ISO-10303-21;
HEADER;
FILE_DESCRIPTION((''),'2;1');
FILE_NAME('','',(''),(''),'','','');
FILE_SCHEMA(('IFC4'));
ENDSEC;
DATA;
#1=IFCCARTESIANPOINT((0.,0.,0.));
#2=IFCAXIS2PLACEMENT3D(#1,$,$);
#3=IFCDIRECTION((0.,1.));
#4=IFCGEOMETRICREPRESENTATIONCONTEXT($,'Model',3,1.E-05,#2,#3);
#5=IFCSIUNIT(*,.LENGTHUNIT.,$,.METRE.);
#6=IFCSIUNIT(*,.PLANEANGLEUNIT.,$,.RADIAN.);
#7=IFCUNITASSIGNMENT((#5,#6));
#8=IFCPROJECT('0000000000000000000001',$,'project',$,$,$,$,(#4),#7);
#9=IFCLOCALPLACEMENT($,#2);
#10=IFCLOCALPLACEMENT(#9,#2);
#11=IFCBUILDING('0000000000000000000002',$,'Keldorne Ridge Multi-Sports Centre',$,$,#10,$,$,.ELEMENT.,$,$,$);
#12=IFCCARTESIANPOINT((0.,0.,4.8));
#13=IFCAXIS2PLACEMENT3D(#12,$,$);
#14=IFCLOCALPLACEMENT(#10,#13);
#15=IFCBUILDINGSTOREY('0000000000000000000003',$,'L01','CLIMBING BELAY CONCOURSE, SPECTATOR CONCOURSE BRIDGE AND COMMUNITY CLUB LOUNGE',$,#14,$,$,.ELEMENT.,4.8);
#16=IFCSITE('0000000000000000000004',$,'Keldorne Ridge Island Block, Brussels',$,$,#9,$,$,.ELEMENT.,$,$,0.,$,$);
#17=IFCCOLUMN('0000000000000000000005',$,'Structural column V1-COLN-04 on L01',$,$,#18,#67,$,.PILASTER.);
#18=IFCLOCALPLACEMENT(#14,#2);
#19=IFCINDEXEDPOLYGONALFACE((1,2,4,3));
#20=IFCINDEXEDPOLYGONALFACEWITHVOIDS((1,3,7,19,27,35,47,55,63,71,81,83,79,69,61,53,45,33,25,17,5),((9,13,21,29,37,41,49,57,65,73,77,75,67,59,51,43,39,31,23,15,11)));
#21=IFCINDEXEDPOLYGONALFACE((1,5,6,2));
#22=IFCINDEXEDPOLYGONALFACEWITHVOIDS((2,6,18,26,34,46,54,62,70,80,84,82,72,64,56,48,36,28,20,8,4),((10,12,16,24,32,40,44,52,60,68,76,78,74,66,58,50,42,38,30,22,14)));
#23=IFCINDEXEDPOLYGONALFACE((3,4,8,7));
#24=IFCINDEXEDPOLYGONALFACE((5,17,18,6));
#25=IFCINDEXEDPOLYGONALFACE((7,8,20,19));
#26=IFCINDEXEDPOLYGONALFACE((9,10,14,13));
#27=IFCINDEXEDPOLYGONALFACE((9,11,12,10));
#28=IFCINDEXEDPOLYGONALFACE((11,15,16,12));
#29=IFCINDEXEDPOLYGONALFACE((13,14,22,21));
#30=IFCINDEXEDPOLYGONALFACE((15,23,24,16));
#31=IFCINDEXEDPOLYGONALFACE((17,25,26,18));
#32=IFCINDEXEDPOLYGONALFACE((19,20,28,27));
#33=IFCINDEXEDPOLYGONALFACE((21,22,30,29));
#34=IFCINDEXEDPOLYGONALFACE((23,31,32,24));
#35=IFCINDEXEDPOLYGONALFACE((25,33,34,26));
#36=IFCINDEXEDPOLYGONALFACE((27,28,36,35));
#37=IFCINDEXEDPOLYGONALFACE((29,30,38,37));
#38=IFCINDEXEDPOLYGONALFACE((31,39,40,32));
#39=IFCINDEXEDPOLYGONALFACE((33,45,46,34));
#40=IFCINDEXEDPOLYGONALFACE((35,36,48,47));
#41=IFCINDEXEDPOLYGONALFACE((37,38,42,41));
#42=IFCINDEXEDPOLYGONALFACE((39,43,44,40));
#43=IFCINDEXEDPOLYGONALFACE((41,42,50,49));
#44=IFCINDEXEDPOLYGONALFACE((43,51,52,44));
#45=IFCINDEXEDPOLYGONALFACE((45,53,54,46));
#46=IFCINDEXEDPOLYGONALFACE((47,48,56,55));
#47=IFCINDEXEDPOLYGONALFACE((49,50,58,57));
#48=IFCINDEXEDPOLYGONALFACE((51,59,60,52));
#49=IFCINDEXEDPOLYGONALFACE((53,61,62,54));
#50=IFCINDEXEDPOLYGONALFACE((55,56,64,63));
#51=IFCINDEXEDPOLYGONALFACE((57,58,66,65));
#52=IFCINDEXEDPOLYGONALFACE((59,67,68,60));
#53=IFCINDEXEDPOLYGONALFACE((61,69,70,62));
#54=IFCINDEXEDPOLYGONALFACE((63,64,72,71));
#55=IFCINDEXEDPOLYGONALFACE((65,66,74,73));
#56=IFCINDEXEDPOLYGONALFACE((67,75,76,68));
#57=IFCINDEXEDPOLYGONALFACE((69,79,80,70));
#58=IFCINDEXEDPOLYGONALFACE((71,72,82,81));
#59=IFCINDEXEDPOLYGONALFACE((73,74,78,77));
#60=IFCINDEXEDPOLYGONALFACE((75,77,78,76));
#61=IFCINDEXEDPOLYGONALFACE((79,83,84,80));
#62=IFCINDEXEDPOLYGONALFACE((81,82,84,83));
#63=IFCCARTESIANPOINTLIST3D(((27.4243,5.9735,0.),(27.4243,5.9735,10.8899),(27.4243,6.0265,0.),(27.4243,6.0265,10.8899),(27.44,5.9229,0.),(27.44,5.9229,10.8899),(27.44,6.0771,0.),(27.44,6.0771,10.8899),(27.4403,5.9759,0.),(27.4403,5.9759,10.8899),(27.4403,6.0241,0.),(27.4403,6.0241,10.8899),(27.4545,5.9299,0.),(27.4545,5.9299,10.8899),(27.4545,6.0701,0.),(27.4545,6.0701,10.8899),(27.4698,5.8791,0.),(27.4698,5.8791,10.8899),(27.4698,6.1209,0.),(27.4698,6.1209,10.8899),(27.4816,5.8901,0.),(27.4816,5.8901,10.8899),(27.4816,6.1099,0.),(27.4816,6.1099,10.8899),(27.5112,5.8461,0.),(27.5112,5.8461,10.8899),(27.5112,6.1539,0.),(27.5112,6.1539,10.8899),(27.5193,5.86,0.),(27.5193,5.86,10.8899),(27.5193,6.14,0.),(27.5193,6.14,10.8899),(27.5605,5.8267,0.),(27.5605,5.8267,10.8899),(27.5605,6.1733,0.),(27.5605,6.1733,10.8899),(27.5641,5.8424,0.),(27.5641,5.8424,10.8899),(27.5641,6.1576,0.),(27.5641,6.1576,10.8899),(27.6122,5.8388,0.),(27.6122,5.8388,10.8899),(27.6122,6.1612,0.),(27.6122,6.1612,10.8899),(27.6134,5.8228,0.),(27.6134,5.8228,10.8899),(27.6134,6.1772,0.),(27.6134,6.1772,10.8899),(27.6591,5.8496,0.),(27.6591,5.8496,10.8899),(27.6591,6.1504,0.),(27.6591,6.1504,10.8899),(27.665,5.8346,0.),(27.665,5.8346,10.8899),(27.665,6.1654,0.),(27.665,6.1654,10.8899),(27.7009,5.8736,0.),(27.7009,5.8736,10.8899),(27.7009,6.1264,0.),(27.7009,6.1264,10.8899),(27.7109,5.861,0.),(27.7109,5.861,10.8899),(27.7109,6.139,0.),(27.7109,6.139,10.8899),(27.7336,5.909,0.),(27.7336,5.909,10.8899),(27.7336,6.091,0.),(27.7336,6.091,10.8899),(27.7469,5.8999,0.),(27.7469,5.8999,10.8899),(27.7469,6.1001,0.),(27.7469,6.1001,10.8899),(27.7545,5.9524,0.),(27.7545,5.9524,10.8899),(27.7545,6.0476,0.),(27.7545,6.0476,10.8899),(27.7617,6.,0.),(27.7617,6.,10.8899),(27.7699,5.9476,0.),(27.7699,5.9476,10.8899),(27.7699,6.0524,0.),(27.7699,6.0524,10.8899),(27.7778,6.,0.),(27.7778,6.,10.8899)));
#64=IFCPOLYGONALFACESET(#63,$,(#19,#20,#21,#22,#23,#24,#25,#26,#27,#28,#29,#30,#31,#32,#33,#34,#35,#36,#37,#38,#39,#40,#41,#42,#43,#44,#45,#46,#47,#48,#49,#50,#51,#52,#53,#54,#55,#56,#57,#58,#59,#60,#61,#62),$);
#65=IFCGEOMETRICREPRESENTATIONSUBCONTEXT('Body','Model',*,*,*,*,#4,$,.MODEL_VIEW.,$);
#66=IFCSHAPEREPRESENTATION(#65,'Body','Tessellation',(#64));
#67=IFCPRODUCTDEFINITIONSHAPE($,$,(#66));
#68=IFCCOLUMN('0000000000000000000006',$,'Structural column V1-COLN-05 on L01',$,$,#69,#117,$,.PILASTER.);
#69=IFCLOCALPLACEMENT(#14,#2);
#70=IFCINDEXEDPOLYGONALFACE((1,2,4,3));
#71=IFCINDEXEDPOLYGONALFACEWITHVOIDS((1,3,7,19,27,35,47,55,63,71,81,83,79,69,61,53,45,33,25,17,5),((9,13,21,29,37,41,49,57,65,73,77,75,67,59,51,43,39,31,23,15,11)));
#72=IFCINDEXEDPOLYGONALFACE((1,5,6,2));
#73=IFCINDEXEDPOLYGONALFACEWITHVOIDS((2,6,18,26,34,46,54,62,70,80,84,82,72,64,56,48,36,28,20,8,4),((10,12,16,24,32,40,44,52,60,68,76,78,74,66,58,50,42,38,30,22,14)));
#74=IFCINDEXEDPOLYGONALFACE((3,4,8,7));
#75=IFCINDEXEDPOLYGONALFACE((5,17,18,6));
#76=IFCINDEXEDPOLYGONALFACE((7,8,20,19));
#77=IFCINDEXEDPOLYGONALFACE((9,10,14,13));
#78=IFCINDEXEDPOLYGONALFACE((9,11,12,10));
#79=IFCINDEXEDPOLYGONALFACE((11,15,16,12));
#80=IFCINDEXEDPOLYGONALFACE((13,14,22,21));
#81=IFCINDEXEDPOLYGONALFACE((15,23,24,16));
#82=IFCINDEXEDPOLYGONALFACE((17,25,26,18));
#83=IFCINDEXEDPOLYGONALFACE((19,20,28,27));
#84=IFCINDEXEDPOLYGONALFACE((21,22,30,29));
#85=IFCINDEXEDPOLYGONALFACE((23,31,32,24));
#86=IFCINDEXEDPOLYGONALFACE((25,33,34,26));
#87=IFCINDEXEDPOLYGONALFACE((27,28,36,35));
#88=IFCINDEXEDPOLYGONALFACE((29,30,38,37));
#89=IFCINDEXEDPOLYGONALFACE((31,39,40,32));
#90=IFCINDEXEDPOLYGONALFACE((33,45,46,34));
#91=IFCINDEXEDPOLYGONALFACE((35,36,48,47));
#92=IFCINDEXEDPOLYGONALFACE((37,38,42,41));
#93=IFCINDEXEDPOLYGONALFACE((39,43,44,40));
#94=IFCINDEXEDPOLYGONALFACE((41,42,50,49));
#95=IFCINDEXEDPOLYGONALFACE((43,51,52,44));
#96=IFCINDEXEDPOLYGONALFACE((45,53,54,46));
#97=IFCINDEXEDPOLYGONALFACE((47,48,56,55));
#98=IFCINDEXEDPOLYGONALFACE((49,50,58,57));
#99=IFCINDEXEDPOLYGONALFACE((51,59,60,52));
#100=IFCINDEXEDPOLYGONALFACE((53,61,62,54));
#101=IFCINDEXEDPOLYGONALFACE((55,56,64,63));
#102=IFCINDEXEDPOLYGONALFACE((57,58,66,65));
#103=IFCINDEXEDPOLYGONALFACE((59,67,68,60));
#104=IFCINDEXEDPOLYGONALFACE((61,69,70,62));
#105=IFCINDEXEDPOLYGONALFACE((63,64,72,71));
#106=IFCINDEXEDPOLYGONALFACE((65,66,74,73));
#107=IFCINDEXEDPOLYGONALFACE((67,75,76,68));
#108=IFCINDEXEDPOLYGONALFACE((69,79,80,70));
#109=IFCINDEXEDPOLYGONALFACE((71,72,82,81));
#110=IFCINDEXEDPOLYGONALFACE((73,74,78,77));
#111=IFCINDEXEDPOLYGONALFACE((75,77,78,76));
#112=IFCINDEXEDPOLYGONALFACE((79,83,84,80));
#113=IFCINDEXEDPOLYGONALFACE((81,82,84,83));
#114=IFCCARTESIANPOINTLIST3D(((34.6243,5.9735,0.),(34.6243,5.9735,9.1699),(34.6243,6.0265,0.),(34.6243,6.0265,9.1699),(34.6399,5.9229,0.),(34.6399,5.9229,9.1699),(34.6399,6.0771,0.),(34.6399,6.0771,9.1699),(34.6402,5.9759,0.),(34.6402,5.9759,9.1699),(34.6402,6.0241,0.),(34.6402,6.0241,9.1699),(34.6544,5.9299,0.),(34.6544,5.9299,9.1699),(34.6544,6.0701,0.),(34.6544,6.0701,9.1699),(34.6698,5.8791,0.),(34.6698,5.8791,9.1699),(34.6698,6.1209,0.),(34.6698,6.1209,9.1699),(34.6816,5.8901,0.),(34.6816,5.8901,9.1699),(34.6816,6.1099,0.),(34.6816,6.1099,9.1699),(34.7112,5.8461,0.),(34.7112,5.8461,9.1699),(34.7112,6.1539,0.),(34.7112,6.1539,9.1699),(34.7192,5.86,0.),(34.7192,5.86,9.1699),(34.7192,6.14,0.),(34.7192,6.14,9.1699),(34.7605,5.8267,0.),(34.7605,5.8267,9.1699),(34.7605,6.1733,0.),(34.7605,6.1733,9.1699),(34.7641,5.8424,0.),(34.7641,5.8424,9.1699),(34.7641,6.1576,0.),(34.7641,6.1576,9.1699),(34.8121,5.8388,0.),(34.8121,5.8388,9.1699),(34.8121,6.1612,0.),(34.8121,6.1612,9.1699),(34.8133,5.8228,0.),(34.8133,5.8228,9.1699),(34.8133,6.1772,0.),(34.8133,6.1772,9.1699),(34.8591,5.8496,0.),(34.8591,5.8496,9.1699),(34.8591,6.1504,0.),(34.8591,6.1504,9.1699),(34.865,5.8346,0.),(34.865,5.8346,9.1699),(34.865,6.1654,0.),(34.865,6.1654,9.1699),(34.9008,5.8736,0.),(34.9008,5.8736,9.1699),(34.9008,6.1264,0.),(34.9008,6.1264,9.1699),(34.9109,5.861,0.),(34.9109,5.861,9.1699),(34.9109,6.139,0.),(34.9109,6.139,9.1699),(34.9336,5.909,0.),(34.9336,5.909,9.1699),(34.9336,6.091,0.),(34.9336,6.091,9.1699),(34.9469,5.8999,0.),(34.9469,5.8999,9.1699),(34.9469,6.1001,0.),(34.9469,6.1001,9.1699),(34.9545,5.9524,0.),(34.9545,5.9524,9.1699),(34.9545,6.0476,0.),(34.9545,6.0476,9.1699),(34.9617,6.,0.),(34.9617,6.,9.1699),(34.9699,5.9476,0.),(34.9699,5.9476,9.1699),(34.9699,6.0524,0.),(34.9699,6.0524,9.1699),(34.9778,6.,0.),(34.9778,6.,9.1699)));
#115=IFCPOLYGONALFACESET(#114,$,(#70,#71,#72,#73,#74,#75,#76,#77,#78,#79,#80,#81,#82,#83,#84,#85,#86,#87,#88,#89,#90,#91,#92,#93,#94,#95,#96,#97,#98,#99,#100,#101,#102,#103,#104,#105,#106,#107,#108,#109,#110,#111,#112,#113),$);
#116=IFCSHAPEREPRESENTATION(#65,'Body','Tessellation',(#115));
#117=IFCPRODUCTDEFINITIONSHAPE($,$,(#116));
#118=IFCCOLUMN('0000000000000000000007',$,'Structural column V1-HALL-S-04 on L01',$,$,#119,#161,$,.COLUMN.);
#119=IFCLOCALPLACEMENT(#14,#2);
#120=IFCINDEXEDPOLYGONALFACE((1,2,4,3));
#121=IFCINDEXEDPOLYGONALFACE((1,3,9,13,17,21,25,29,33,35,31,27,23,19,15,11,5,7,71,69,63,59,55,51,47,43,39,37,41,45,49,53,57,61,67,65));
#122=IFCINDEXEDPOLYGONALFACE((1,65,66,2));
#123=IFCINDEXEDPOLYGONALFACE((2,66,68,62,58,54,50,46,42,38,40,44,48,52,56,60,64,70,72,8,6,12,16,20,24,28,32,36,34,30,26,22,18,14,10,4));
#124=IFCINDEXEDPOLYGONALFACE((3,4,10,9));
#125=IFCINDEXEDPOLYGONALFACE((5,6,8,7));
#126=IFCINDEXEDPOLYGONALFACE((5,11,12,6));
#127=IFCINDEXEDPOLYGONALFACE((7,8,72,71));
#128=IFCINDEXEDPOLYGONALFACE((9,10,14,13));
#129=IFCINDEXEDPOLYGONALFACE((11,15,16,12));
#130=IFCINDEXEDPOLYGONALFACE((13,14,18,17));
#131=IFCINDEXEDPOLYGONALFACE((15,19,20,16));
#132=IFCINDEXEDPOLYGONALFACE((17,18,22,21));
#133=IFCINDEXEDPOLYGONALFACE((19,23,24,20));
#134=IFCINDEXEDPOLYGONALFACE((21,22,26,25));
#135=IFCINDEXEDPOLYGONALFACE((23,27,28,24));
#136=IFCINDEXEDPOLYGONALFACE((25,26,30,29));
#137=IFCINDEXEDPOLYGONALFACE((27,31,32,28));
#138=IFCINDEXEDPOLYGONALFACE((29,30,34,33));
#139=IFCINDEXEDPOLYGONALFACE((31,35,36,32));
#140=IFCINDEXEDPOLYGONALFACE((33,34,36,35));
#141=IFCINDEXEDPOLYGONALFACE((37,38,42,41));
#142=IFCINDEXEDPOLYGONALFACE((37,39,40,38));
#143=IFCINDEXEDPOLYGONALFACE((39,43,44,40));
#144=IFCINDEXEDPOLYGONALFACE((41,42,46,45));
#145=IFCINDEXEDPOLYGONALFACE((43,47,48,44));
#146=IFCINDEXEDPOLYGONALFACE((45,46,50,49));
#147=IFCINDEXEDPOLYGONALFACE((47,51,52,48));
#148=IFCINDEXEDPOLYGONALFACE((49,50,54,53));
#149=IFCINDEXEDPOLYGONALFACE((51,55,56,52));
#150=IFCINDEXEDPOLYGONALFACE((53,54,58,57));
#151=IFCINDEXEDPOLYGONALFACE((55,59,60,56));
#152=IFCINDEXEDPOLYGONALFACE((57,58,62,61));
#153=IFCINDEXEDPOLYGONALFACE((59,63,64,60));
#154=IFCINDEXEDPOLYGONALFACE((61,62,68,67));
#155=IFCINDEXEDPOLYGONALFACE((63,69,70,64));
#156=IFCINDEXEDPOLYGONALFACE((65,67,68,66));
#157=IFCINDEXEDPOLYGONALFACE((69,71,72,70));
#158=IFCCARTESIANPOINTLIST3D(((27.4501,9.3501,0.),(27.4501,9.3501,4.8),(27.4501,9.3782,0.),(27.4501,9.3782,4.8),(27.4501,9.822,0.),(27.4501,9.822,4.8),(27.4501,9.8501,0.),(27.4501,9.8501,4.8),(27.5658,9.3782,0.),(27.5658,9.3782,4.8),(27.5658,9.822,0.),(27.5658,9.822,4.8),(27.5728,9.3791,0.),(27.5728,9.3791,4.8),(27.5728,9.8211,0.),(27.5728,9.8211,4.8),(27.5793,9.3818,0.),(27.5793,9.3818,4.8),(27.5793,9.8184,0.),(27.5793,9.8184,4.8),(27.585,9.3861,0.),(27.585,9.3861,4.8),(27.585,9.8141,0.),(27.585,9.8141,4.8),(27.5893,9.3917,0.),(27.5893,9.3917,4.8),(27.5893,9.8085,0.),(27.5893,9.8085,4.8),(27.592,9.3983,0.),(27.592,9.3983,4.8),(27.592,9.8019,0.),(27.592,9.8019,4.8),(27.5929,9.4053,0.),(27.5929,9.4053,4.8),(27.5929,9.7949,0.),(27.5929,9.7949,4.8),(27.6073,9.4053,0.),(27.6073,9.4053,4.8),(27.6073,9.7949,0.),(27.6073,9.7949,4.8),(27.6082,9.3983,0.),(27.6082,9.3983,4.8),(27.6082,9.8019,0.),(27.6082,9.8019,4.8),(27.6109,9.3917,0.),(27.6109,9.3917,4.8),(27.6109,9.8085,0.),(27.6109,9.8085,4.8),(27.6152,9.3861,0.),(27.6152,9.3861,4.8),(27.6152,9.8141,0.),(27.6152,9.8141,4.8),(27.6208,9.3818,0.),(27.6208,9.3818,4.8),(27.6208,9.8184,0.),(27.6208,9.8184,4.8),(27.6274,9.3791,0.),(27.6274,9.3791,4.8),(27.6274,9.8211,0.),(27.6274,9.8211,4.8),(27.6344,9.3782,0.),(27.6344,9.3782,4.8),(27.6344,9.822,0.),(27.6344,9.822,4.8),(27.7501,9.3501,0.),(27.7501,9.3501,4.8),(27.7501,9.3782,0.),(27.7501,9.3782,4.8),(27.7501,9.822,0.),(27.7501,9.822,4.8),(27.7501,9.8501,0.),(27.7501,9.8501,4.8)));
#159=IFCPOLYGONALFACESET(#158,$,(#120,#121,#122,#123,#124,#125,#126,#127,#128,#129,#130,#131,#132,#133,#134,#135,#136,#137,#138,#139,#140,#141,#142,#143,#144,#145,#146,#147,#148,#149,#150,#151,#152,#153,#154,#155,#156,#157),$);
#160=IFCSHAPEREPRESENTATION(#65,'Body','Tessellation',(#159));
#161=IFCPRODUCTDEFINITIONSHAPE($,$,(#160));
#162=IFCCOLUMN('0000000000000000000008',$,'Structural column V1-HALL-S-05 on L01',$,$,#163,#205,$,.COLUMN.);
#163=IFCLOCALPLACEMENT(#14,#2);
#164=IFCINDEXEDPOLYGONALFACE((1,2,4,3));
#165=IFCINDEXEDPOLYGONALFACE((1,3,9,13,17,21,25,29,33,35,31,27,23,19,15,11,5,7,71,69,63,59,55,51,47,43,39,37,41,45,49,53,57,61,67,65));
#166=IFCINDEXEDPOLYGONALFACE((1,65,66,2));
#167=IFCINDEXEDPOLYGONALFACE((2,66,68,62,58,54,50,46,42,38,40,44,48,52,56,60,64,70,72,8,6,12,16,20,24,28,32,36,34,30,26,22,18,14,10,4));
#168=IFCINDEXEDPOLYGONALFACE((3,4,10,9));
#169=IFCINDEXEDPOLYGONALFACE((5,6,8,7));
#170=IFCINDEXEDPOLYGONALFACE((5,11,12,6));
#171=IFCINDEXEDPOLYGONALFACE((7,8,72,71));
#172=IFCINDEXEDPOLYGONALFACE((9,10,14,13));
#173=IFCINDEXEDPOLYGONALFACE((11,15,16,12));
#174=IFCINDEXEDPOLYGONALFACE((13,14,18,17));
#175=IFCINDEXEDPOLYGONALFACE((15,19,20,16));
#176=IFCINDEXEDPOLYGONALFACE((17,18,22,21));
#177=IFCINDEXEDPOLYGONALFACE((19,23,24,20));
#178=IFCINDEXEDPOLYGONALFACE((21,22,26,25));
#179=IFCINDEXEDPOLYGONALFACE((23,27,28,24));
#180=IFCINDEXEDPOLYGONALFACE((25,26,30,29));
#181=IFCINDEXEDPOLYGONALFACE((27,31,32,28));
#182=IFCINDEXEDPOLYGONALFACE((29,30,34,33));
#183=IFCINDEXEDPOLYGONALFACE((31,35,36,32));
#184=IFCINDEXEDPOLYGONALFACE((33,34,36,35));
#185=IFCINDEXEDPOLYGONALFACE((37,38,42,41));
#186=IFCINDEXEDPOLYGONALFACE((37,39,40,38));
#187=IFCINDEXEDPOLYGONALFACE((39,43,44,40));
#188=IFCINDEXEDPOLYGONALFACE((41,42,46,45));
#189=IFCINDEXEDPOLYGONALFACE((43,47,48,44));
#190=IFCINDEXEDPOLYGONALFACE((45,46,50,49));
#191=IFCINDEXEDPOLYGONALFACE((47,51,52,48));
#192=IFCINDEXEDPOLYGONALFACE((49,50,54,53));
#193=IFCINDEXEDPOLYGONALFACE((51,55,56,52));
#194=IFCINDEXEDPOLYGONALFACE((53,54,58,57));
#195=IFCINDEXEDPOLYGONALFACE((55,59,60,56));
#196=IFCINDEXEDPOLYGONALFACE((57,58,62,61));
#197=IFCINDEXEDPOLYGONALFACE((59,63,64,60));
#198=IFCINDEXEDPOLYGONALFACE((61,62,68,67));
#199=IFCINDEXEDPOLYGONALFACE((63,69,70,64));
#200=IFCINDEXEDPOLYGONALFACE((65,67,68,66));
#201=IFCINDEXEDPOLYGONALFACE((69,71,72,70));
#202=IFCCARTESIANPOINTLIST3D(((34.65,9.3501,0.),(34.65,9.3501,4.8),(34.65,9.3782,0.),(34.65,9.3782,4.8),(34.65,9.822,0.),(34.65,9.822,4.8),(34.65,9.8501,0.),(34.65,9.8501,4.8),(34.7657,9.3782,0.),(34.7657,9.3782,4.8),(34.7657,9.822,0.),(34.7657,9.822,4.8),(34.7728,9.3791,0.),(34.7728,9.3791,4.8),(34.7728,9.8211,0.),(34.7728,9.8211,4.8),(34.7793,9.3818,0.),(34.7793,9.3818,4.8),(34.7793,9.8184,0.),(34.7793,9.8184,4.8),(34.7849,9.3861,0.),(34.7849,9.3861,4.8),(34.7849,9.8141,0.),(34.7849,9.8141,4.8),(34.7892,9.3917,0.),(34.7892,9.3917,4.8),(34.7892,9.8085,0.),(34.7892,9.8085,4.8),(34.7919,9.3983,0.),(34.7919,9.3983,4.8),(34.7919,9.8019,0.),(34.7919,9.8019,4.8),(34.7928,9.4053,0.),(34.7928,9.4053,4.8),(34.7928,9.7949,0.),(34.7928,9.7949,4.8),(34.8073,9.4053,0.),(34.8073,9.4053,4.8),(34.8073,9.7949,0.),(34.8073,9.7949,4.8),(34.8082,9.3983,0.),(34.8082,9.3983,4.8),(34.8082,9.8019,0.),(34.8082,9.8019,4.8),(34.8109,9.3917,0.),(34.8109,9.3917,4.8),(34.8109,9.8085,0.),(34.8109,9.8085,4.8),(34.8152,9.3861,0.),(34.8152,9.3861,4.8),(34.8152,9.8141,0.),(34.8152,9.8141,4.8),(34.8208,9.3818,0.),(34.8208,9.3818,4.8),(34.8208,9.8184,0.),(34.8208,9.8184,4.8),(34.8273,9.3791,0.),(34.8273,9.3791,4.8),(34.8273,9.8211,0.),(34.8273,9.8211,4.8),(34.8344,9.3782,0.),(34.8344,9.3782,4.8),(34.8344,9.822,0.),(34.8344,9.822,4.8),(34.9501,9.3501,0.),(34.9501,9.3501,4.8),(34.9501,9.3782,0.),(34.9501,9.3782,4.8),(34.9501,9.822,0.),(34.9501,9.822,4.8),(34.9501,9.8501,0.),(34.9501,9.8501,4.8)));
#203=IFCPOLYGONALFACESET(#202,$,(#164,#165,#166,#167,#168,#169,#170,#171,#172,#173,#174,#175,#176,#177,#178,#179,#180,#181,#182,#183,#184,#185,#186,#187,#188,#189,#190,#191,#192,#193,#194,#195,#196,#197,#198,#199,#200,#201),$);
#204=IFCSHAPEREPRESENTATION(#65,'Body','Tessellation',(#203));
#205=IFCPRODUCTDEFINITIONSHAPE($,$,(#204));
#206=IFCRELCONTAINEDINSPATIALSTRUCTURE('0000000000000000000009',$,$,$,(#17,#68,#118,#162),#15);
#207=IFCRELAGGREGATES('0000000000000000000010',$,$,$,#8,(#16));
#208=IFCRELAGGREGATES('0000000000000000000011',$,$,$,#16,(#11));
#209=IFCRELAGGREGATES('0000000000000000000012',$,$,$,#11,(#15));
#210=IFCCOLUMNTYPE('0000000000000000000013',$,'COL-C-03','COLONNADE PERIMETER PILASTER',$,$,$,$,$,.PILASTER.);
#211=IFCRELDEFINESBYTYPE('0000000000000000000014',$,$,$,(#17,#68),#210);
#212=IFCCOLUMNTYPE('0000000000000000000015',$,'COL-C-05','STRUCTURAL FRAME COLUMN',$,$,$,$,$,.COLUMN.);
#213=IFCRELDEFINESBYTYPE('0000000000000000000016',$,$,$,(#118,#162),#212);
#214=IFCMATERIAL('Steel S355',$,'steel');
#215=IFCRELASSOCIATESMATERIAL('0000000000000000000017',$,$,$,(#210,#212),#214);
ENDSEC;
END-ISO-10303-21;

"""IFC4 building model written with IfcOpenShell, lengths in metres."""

from ifc_helpers import new_model, si_unit, direction, frame, origin, origin_2d, place, context, subcontext, project, spatial, hollow_circle, i_section, extrude, material, material_profile, profile_set, type_object, element, save


model = new_model("IFC4")

# Units and contexts
model_context = context("Model", 3, precision=1e-05, world=origin(), true_north=direction((0.0, 1.0)))
body_context = subcontext(model_context, "Body", "Model", "MODEL_VIEW")
ifc_project = project(units=[si_unit("LENGTHUNIT", "METRE"), si_unit("PLANEANGLEUNIT", "RADIAN")], contexts=[model_context])

# Site, building, storey
site_placement = place(None, origin())
site = spatial("IfcSite", under=ifc_project, at=site_placement, Name="Keldorne Ridge Island Block, Brussels", CompositionType="ELEMENT", RefElevation=0.0)
building_placement = place(site_placement, origin())
building = spatial("IfcBuilding", under=site, at=building_placement, Name="Keldorne Ridge Multi-Sports Centre", CompositionType="ELEMENT")
storey_placement = place(building_placement, frame((0.0, 0.0, 4.8)))
storey = spatial("IfcBuildingStorey", under=building, at=storey_placement, Name="L01", Description="CLIMBING BELAY CONCOURSE, SPECTATOR CONCOURSE BRIDGE AND COMMUNITY CLUB LOUNGE", CompositionType="ELEMENT", Elevation=4.8)

# Columns
ifc_material_1 = material(Name="Steel S355", Category="steel")
ifc_material_profile_1 = material_profile(ifc_material_1, hollow_circle(Radius=0.1777, WallThickness=0.0161, at=origin_2d()), Name="CHS 355.6x16")
ifc_profile_set_1 = profile_set([ifc_material_profile_1], Name="Steel S355")
column_type_1 = type_object("IfcColumnType", Name="COL-C-03", Description="COLONNADE PERIMETER PILASTER", PredefinedType="PILASTER", material=ifc_profile_set_1)
column_1_placement = place(storey_placement, frame((27.6001, 6.0, 0.0), z_axis=(0.0, 0.0, 1.0), x_axis=(1.0, 0.0, 0.0)))
element("IfcColumn", 1, at=column_1_placement, inside=storey, type_object=column_type_1, Name="Structural column V1-COLN-04 on L01", PredefinedType="PILASTER", context=body_context, shape_type="SweptSolid", body=[
    extrude(hollow_circle(Radius=0.1777, WallThickness=0.0161, at=origin_2d()), origin(), (0.0, 0.0, 1.0), 10.8899),
])
column_2_placement = place(storey_placement, frame((34.8, 6.0, 0.0), z_axis=(0.0, 0.0, 1.0), x_axis=(1.0, 0.0, 0.0)))
element("IfcColumn", 2, at=column_2_placement, inside=storey, type_object=column_type_1, Name="Structural column V1-COLN-05 on L01", PredefinedType="PILASTER", context=body_context, shape_type="SweptSolid", body=[
    extrude(hollow_circle(Radius=0.1777, WallThickness=0.0161, at=origin_2d()), origin(), (0.0, 0.0, 1.0), 9.1699),
])
ifc_material_profile_2 = material_profile(ifc_material_1, i_section(OverallWidth=0.3, OverallDepth=0.5, WebThickness=0.0144, FlangeThickness=0.0281, FilletRadius=0.0271, at=origin_2d()), Name="HEB 500")
ifc_profile_set_2 = profile_set([ifc_material_profile_2], Name="Steel S355")
column_type_2 = type_object("IfcColumnType", Name="COL-C-05", Description="STRUCTURAL FRAME COLUMN", PredefinedType="COLUMN", material=ifc_profile_set_2)
for number, where, z_axis, x_axis, name in (
    (3, (27.6001, 9.6001, 0.0), (0.0, 0.0, 1.0), (1.0, 0.0, 0.0), "Structural column V1-HALL-S-04 on L01"),
    (4, (34.8, 9.6001, 0.0), (0.0, 0.0, 1.0), (1.0, 0.0, 0.0), "Structural column V1-HALL-S-05 on L01"),
):
    element("IfcColumn", number, at=place(storey_placement, frame(where, z_axis=z_axis, x_axis=x_axis)), inside=storey, type_object=column_type_2, Name=name, PredefinedType="COLUMN", context=body_context, shape_type="SweptSolid", body=[
        extrude(i_section(OverallWidth=0.3, OverallDepth=0.5, WebThickness=0.0144, FlangeThickness=0.0281, FilletRadius=0.0271, at=origin_2d()), origin(), (0.0, 0.0, 1.0), 4.8),
    ])

save(model, "model.ifc")
